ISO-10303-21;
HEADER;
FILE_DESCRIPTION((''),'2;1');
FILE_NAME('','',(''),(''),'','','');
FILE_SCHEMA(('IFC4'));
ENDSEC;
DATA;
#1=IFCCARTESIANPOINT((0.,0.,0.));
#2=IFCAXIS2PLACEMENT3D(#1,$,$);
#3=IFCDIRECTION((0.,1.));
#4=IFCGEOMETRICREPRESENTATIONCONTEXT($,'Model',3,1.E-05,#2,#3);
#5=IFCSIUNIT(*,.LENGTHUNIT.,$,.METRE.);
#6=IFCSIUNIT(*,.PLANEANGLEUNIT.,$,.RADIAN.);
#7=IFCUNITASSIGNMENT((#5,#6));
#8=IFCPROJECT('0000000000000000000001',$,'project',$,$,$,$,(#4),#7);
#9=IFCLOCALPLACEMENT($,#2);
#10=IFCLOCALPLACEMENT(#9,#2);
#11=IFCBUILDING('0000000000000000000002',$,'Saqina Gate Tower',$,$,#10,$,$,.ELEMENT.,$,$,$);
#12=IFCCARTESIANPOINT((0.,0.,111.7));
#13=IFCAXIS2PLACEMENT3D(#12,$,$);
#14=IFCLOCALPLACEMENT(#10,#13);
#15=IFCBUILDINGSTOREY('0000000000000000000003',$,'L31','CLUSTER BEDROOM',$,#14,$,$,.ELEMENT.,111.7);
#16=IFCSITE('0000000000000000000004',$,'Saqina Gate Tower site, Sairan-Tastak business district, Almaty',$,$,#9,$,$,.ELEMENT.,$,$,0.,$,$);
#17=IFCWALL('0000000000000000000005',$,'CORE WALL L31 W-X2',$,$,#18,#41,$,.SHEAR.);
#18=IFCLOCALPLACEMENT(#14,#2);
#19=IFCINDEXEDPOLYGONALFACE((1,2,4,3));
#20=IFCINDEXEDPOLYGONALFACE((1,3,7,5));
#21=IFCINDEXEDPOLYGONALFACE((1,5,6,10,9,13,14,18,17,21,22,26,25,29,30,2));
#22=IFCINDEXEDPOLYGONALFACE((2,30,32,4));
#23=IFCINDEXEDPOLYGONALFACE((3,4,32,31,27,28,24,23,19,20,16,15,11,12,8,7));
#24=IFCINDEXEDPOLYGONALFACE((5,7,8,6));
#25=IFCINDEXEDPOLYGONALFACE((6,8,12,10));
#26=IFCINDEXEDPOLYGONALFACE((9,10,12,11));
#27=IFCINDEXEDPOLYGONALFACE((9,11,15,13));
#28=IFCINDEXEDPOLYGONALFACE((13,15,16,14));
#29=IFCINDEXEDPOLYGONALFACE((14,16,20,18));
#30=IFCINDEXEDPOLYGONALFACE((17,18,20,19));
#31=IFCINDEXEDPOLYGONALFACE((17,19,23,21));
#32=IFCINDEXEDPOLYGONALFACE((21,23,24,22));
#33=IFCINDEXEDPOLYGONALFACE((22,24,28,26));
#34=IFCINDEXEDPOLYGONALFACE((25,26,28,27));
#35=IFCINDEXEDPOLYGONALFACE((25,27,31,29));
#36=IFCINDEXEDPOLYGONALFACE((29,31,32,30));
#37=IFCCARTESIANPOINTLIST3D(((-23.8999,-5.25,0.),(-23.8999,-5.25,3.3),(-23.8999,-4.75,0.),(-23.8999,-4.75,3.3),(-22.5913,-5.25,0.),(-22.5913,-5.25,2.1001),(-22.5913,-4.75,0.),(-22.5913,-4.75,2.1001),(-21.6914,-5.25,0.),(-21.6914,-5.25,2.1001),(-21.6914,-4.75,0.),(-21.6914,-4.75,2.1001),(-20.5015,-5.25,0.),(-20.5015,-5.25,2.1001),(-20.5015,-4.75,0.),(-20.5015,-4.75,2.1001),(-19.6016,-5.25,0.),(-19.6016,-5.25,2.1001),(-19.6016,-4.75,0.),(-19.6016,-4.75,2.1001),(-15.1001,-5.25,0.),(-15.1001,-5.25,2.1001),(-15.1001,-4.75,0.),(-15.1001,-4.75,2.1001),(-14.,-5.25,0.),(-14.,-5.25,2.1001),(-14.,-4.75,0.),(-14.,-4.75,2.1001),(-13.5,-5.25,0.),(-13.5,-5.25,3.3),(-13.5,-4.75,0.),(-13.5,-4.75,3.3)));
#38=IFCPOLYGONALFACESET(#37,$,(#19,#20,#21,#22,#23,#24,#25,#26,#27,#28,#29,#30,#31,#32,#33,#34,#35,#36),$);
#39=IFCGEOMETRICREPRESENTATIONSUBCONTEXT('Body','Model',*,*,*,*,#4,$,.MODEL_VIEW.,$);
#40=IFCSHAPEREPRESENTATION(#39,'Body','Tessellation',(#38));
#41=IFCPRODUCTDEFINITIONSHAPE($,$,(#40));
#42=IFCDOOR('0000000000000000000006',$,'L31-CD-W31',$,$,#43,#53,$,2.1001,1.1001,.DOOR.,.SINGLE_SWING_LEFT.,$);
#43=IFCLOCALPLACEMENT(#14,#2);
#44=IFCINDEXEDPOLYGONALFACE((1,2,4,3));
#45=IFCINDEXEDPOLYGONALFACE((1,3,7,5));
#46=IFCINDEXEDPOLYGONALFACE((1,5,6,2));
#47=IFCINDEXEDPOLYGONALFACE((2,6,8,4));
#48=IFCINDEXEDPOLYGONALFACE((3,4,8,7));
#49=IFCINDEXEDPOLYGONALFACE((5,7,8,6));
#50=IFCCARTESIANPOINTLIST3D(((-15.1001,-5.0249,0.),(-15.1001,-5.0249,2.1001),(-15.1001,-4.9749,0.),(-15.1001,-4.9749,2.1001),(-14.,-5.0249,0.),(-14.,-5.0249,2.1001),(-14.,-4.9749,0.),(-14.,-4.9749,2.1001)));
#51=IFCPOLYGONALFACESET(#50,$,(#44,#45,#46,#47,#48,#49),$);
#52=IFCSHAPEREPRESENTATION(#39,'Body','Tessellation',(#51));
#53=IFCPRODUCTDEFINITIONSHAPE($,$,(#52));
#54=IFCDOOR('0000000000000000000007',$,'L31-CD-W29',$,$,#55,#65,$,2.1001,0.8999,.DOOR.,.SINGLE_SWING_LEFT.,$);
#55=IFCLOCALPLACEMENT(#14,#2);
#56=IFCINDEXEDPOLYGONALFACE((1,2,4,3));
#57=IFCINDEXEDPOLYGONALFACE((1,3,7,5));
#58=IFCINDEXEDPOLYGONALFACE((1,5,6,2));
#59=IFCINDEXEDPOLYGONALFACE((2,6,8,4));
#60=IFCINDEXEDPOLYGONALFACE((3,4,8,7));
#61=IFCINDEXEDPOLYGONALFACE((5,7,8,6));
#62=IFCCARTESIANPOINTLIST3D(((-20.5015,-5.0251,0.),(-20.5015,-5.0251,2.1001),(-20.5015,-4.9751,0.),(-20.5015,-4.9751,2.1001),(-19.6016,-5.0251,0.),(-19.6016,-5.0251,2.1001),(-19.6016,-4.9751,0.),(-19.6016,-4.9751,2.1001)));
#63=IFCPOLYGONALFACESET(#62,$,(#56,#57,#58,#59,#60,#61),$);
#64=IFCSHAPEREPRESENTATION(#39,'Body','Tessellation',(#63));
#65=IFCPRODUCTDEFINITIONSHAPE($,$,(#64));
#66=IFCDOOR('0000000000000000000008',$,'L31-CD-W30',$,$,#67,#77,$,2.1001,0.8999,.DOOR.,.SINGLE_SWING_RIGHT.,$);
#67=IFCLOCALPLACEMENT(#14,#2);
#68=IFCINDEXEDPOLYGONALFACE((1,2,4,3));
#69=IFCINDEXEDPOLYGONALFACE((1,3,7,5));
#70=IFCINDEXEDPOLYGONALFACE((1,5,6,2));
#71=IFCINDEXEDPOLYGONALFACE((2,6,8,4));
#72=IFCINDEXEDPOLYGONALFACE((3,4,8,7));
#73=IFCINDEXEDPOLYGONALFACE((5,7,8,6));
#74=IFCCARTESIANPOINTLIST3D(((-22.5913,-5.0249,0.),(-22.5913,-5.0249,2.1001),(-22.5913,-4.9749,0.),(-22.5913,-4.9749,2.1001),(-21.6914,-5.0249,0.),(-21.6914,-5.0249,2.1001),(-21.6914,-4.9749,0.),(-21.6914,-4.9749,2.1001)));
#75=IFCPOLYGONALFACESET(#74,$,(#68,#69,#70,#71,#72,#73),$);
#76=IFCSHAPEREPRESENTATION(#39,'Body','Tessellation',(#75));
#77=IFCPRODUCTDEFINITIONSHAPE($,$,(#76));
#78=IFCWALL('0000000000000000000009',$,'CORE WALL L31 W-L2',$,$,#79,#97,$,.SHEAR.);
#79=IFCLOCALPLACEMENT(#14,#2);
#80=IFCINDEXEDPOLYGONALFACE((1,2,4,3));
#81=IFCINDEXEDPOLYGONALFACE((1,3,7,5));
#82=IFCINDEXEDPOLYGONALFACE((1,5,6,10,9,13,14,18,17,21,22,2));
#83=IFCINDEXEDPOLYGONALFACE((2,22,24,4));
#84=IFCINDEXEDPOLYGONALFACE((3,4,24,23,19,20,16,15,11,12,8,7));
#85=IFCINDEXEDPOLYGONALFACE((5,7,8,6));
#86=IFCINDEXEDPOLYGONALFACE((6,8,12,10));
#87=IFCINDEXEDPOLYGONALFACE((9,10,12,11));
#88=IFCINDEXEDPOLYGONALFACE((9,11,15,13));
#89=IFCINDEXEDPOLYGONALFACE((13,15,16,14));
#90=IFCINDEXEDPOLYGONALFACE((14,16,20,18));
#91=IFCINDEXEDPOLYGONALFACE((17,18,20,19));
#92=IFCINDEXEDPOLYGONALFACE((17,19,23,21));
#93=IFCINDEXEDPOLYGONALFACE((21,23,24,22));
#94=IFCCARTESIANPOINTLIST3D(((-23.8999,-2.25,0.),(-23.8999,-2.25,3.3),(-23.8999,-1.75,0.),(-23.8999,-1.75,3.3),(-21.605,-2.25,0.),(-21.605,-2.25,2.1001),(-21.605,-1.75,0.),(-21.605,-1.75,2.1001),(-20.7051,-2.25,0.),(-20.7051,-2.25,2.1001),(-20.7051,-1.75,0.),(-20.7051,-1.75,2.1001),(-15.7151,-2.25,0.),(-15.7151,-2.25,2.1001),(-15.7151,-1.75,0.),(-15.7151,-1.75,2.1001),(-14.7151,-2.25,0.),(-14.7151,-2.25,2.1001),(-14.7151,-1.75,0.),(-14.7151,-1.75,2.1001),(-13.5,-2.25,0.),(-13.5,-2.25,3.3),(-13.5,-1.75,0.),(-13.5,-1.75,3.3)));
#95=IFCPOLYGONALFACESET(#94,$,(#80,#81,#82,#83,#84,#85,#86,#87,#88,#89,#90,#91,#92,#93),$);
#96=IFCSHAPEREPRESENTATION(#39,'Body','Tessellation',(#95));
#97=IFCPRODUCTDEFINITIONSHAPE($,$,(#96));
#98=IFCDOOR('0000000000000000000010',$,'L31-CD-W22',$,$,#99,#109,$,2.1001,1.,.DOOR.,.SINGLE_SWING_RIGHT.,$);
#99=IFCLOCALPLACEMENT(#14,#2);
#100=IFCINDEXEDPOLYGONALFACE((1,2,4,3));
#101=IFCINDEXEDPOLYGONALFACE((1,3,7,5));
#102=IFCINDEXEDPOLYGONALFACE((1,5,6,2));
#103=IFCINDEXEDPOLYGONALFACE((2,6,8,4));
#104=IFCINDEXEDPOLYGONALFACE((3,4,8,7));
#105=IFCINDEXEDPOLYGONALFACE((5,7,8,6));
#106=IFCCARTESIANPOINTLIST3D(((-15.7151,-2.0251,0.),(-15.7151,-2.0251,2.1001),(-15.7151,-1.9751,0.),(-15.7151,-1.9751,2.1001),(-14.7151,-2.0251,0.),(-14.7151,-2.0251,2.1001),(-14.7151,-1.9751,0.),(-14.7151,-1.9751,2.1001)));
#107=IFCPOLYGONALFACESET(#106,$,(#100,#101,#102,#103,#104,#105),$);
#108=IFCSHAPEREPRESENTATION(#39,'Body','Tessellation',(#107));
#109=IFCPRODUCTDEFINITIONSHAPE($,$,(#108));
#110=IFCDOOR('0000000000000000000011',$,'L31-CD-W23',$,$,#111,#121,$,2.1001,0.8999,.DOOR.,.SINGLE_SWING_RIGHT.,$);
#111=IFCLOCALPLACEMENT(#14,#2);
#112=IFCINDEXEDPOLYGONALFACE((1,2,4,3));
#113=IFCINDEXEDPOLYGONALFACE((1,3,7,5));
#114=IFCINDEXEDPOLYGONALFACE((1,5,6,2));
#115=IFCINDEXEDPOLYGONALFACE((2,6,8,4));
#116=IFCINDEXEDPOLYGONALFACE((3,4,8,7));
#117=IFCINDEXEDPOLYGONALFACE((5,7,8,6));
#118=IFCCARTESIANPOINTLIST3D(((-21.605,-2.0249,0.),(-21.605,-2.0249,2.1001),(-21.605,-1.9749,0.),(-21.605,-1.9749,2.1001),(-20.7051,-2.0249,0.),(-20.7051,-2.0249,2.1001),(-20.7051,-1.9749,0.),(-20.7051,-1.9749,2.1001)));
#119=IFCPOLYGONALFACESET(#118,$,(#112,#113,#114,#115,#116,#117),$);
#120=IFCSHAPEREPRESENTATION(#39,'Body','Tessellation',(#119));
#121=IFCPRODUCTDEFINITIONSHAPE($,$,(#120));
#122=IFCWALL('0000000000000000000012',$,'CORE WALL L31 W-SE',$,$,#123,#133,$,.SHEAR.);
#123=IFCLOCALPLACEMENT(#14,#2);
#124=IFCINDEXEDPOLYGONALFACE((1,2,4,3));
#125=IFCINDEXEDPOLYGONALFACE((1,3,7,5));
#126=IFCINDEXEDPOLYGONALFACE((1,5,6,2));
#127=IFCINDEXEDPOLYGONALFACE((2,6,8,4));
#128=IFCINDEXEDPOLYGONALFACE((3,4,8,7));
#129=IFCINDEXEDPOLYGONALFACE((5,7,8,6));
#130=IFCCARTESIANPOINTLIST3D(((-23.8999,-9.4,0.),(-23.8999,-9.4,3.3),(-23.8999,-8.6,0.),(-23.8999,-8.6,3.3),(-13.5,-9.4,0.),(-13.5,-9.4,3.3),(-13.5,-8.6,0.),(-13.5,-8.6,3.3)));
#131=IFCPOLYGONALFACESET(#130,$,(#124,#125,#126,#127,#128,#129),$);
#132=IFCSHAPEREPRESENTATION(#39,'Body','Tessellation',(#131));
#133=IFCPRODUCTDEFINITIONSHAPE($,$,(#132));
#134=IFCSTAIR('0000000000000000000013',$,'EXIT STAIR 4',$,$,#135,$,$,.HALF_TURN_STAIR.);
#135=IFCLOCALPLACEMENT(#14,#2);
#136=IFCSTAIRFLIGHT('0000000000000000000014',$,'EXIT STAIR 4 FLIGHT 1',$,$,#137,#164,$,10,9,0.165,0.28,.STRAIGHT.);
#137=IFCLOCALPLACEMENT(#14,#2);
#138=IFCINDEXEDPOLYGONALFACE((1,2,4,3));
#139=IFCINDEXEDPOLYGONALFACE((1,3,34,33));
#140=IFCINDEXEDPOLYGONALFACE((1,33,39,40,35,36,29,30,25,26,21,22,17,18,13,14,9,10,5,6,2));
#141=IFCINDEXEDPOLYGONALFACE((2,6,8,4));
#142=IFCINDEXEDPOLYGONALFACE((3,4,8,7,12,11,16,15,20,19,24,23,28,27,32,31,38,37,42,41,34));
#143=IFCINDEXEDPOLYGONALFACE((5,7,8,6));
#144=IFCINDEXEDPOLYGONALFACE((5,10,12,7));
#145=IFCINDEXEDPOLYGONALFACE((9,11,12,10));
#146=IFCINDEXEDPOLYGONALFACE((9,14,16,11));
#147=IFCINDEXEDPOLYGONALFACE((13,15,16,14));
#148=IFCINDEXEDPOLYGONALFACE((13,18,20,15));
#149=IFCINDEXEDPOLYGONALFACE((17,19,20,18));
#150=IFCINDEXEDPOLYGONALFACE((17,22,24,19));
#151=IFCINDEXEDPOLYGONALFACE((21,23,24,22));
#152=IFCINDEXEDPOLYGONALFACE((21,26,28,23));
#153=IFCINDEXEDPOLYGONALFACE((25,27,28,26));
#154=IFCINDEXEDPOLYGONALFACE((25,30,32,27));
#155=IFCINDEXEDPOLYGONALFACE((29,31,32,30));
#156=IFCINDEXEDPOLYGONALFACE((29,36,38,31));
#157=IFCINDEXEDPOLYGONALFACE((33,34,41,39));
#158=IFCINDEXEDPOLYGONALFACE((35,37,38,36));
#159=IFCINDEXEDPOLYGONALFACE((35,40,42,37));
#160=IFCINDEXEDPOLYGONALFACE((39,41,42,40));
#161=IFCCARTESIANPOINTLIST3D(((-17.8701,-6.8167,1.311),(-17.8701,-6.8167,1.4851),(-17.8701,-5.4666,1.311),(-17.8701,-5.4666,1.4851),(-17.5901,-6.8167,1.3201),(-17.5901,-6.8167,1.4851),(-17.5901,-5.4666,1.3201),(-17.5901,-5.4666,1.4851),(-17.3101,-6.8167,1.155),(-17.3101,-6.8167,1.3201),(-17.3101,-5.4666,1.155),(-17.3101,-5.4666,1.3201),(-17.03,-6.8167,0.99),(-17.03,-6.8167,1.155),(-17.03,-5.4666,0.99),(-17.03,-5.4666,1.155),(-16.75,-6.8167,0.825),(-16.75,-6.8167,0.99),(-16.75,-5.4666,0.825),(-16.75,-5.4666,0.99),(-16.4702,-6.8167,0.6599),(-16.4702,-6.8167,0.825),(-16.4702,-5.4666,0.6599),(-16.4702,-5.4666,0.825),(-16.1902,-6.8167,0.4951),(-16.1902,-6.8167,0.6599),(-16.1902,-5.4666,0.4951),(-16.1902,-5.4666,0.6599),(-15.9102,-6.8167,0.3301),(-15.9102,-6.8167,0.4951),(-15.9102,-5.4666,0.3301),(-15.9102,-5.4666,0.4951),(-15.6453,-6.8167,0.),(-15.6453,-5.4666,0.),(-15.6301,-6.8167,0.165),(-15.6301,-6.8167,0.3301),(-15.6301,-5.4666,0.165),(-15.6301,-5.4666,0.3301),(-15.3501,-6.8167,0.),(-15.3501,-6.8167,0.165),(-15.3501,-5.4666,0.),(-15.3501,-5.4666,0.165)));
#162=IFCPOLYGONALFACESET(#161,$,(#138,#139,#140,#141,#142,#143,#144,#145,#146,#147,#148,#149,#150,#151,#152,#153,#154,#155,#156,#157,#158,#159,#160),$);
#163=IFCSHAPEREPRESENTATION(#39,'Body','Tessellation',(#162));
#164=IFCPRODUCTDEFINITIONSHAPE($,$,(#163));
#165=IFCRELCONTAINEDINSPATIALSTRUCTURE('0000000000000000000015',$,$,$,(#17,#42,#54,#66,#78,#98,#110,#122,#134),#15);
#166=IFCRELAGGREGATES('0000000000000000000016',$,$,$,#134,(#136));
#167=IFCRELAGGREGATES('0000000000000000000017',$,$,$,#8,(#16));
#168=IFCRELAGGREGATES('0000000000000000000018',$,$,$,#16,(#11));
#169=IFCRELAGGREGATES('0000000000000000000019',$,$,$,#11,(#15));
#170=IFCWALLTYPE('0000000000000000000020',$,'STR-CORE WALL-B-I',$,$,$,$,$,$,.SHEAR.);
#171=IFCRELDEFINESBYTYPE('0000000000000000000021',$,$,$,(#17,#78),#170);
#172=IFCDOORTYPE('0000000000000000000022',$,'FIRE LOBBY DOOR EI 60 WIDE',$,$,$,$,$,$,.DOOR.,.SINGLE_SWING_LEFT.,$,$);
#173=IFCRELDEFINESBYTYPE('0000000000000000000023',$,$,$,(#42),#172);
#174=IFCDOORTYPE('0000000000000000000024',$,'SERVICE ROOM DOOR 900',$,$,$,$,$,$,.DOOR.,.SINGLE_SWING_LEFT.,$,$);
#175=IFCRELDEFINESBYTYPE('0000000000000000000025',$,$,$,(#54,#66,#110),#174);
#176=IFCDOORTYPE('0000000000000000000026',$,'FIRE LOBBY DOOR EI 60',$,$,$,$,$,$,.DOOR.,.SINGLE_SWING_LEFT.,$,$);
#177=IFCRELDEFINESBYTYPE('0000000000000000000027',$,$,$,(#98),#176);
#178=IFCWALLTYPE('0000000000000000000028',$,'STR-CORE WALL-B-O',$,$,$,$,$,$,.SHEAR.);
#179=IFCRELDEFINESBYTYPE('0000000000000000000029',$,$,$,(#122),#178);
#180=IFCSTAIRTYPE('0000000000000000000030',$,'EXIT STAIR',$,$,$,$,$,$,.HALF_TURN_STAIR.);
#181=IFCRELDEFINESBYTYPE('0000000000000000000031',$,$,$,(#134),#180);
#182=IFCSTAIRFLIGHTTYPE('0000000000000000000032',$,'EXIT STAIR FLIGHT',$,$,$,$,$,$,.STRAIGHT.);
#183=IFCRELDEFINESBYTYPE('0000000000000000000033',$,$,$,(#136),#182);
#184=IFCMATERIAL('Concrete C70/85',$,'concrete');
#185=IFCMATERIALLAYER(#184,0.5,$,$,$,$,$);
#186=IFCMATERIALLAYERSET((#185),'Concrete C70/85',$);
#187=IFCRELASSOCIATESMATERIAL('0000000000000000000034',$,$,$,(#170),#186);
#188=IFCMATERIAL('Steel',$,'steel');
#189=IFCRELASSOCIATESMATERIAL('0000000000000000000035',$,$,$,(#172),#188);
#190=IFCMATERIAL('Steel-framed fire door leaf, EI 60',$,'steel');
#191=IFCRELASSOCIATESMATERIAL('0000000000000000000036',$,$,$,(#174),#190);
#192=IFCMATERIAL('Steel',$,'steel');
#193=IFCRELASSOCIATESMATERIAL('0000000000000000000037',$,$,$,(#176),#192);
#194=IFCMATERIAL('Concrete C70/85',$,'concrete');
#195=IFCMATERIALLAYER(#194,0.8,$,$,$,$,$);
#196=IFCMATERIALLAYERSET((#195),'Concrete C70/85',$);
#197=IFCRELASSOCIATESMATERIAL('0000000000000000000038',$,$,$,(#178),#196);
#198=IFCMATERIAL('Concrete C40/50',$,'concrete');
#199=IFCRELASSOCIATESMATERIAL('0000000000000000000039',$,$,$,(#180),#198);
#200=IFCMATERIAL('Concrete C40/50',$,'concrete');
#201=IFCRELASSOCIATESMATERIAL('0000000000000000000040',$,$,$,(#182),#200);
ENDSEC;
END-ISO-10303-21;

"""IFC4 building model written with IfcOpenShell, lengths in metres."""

from ifc_helpers import new_model, si_unit, direction, frame, frame_2d, origin, place, context, subcontext, project, spatial, polyline, rectangle, outline, extrude, material, layer, layer_set, type_object, element, fill, aggregate, save


model = new_model("IFC4")

# Units and contexts
model_context = context("Model", 3, precision=1e-05, world=origin(), true_north=direction((0.0, 1.0)))
body_context = subcontext(model_context, "Body", "Model", "MODEL_VIEW")
ifc_project = project(units=[si_unit("LENGTHUNIT", "METRE"), si_unit("PLANEANGLEUNIT", "RADIAN")], contexts=[model_context])

# Site, building, storey
site_placement = place(None, origin())
site = spatial("IfcSite", under=ifc_project, at=site_placement, Name="Saqina Gate Tower site, Sairan-Tastak business district, Almaty", CompositionType="ELEMENT", RefElevation=0.0)
building_placement = place(site_placement, origin())
building = spatial("IfcBuilding", under=site, at=building_placement, Name="Saqina Gate Tower", CompositionType="ELEMENT")
storey_placement = place(building_placement, frame((0.0, 0.0, 111.7)))
storey = spatial("IfcBuildingStorey", under=building, at=storey_placement, Name="L31", Description="CLUSTER BEDROOM", CompositionType="ELEMENT", Elevation=111.7)

# Walls, openings, doors
ifc_material_1 = material(Name="Concrete C70/85", Category="concrete")
ifc_layer_1 = layer(ifc_material_1, 0.5)
ifc_layer_set_1 = layer_set([ifc_layer_1], Name="Concrete C70/85")
wall_type_1 = type_object("IfcWallType", Name="STR-CORE WALL-B-I", PredefinedType="SHEAR", material=ifc_layer_set_1)
wall_1_placement = place(storey_placement, frame((-13.5, -5.0, 0.0), z_axis=(0.0, 0.0, 1.0), x_axis=(-1.0, 0.0, 0.0)))
wall_1 = element("IfcWall", 1, at=wall_1_placement, inside=storey, type_object=wall_type_1, Name="CORE WALL L31 W-X2", PredefinedType="SHEAR", context=body_context, shape_type="SweptSolid", body=[
    extrude(rectangle(XDim=10.3999, YDim=0.5, at=frame_2d((5.2, 0.0))), origin(), (0.0, 0.0, 1.0), 3.3),
])
opening_1_placement = place(wall_1_placement, frame((6.1016, 0.0, 0.0)))
opening_1 = element("IfcOpeningElement", 2, at=opening_1_placement, cuts=wall_1, PredefinedType="OPENING", context=body_context, shape_type="SweptSolid", body=[
    extrude(rectangle(XDim=0.8999, YDim=2.1001, at=frame_2d((0.45, 1.05))), frame((0.0, 0.262, 0.0), z_axis=(0.0, -1.0, 0.0), x_axis=(1.0, 0.0, 0.0)), (0.0, 0.0, 1.0), 0.5239),
])
opening_2_placement = place(wall_1_placement, frame((8.1914, 0.0, 0.0)))
opening_2 = element("IfcOpeningElement", 3, at=opening_2_placement, cuts=wall_1, PredefinedType="OPENING", context=body_context, shape_type="SweptSolid", body=[
    extrude(rectangle(XDim=0.8999, YDim=2.1001, at=frame_2d((0.45, 1.05))), frame((0.0, 0.262, 0.0), z_axis=(0.0, -1.0, 0.0), x_axis=(1.0, 0.0, 0.0)), (0.0, 0.0, 1.0), 0.5239),
])
opening_3_placement = place(wall_1_placement, frame((0.5, 0.0, 0.0)))
opening_3 = element("IfcOpeningElement", 4, at=opening_3_placement, cuts=wall_1, PredefinedType="OPENING", context=body_context, shape_type="SweptSolid", body=[
    extrude(rectangle(XDim=1.1001, YDim=2.1001, at=frame_2d((0.55, 1.05))), frame((0.0, 0.262, 0.0), z_axis=(0.0, -1.0, 0.0), x_axis=(1.0, 0.0, 0.0)), (0.0, 0.0, 1.0), 0.5239),
])
ifc_material_2 = material(Name="Steel", Category="steel")
door_type_1 = type_object("IfcDoorType", Name="FIRE LOBBY DOOR EI 60 WIDE", OperationType="SINGLE_SWING_LEFT", PredefinedType="DOOR", material=ifc_material_2)
door_1_placement = place(opening_3_placement, origin())
door_1 = element("IfcDoor", 5, at=door_1_placement, inside=storey, type_object=door_type_1, Name="L31-CD-W31", OperationType="SINGLE_SWING_LEFT", OverallHeight=2.1001, OverallWidth=1.1001, PredefinedType="DOOR", context=body_context, shape_type="SweptSolid", body=[
    extrude(rectangle(XDim=1.1001, YDim=2.1001, at=frame_2d((0.55, 1.05))), frame((0.0, 0.0249, 0.0), z_axis=(0.0, -1.0, 0.0), x_axis=(1.0, 0.0, 0.0)), (0.0, 0.0, 1.0), 0.05),
])
fill(opening_3, door_1)
ifc_material_3 = material(Name="Steel-framed fire door leaf, EI 60", Category="steel")
door_type_2 = type_object("IfcDoorType", Name="SERVICE ROOM DOOR 900", OperationType="SINGLE_SWING_LEFT", PredefinedType="DOOR", material=ifc_material_3)
door_2_placement = place(opening_1_placement, frame((0.8999, 0.0, 0.0), z_axis=(0.0, 0.0, 1.0), x_axis=(-1.0, 0.0, 0.0)))
door_2 = element("IfcDoor", 6, at=door_2_placement, inside=storey, type_object=door_type_2, Name="L31-CD-W29", OperationType="SINGLE_SWING_LEFT", OverallHeight=2.1001, OverallWidth=0.8999, PredefinedType="DOOR", context=body_context, shape_type="SweptSolid", body=[
    extrude(rectangle(XDim=0.8999, YDim=2.1001, at=frame_2d((0.45, 1.05))), frame((0.0, 0.0249, 0.0), z_axis=(0.0, -1.0, 0.0), x_axis=(1.0, 0.0, 0.0)), (0.0, 0.0, 1.0), 0.05),
])
fill(opening_1, door_2)
door_3_placement = place(opening_2_placement, origin())
door_3 = element("IfcDoor", 7, at=door_3_placement, inside=storey, type_object=door_type_2, Name="L31-CD-W30", OperationType="SINGLE_SWING_RIGHT", OverallHeight=2.1001, OverallWidth=0.8999, PredefinedType="DOOR", context=body_context, shape_type="SweptSolid", body=[
    extrude(rectangle(XDim=0.8999, YDim=2.1001, at=frame_2d((0.45, 1.05))), frame((0.0, 0.0249, 0.0), z_axis=(0.0, -1.0, 0.0), x_axis=(1.0, 0.0, 0.0)), (0.0, 0.0, 1.0), 0.05),
])
fill(opening_2, door_3)
wall_2_placement = place(storey_placement, frame((-13.5, -2.0, 0.0), z_axis=(0.0, 0.0, 1.0), x_axis=(-1.0, 0.0, 0.0)))
wall_2 = element("IfcWall", 8, at=wall_2_placement, inside=storey, type_object=wall_type_1, Name="CORE WALL L31 W-L2", PredefinedType="SHEAR", context=body_context, shape_type="SweptSolid", body=[
    extrude(rectangle(XDim=10.3999, YDim=0.5, at=frame_2d((5.2, 0.0))), origin(), (0.0, 0.0, 1.0), 3.3),
])
opening_4_placement = place(wall_2_placement, frame((1.2151, 0.0, 0.0)))
opening_4 = element("IfcOpeningElement", 9, at=opening_4_placement, cuts=wall_2, PredefinedType="OPENING", context=body_context, shape_type="SweptSolid", body=[
    extrude(rectangle(XDim=1.0, YDim=2.1001, at=frame_2d((0.5, 1.05))), frame((0.0, 0.262, 0.0), z_axis=(0.0, -1.0, 0.0), x_axis=(1.0, 0.0, 0.0)), (0.0, 0.0, 1.0), 0.5239),
])
opening_5_placement = place(wall_2_placement, frame((7.2051, 0.0, 0.0)))
opening_5 = element("IfcOpeningElement", 10, at=opening_5_placement, cuts=wall_2, PredefinedType="OPENING", context=body_context, shape_type="SweptSolid", body=[
    extrude(rectangle(XDim=0.8999, YDim=2.1001, at=frame_2d((0.45, 1.05))), frame((0.0, 0.262, 0.0), z_axis=(0.0, -1.0, 0.0), x_axis=(1.0, 0.0, 0.0)), (0.0, 0.0, 1.0), 0.5239),
])
ifc_material_4 = material(Name="Steel", Category="steel")
door_type_3 = type_object("IfcDoorType", Name="FIRE LOBBY DOOR EI 60", OperationType="SINGLE_SWING_LEFT", PredefinedType="DOOR", material=ifc_material_4)
door_4_placement = place(opening_4_placement, frame((1.0, 0.0, 0.0), z_axis=(0.0, 0.0, 1.0), x_axis=(-1.0, 0.0, 0.0)))
door_4 = element("IfcDoor", 11, at=door_4_placement, inside=storey, type_object=door_type_3, Name="L31-CD-W22", OperationType="SINGLE_SWING_RIGHT", OverallHeight=2.1001, OverallWidth=1.0, PredefinedType="DOOR", context=body_context, shape_type="SweptSolid", body=[
    extrude(rectangle(XDim=1.0, YDim=2.1001, at=frame_2d((0.5, 1.05))), frame((0.0, 0.0249, 0.0), z_axis=(0.0, -1.0, 0.0), x_axis=(1.0, 0.0, 0.0)), (0.0, 0.0, 1.0), 0.05),
])
fill(opening_4, door_4)
door_5_placement = place(opening_5_placement, origin())
door_5 = element("IfcDoor", 12, at=door_5_placement, inside=storey, type_object=door_type_2, Name="L31-CD-W23", OperationType="SINGLE_SWING_RIGHT", OverallHeight=2.1001, OverallWidth=0.8999, PredefinedType="DOOR", context=body_context, shape_type="SweptSolid", body=[
    extrude(rectangle(XDim=0.8999, YDim=2.1001, at=frame_2d((0.45, 1.05))), frame((0.0, 0.0249, 0.0), z_axis=(0.0, -1.0, 0.0), x_axis=(1.0, 0.0, 0.0)), (0.0, 0.0, 1.0), 0.05),
])
fill(opening_5, door_5)
ifc_material_5 = material(Name="Concrete C70/85", Category="concrete")
ifc_layer_2 = layer(ifc_material_5, 0.8)
ifc_layer_set_2 = layer_set([ifc_layer_2], Name="Concrete C70/85")
wall_type_2 = type_object("IfcWallType", Name="STR-CORE WALL-B-O", PredefinedType="SHEAR", material=ifc_layer_set_2)

# Wall
wall_3_placement = place(storey_placement, frame((-13.5, -9.0, 0.0), z_axis=(0.0, 0.0, 1.0), x_axis=(-1.0, 0.0, 0.0)))
element("IfcWall", 13, at=wall_3_placement, inside=storey, type_object=wall_type_2, Name="CORE WALL L31 W-SE", PredefinedType="SHEAR", context=body_context, shape_type="SweptSolid", body=[
    extrude(rectangle(XDim=10.3999, YDim=0.8, at=frame_2d((5.2, 0.0))), origin(), (0.0, 0.0, 1.0), 3.3),
])

# Stair, stair flight
ifc_material_6 = material(Name="Concrete C40/50", Category="concrete")
stair_type = type_object("IfcStairType", Name="EXIT STAIR", PredefinedType="HALF_TURN_STAIR", material=ifc_material_6)
stair_placement = place(storey_placement, origin())
stair = element("IfcStair", 14, at=stair_placement, inside=storey, type_object=stair_type, Name="EXIT STAIR 4", PredefinedType="HALF_TURN_STAIR")
ifc_material_7 = material(Name="Concrete C40/50", Category="concrete")
stair_flight_type = type_object("IfcStairFlightType", Name="EXIT STAIR FLIGHT", PredefinedType="STRAIGHT", material=ifc_material_7)
stair_flight_placement = place(storey_placement, frame((-15.3501, -6.1416, 0.0), z_axis=(0.0, 0.0, 1.0), x_axis=(-1.0, 0.0, 0.0)))
stair_flight = element("IfcStairFlight", 15, at=stair_flight_placement, type_object=stair_flight_type, Name="EXIT STAIR 4 FLIGHT 1", NumberOfRisers=10, NumberOfTreads=9, PredefinedType="STRAIGHT", RiserHeight=0.165, TreadLength=0.28, context=body_context, shape_type="SweptSolid", body=[
    extrude(outline(polyline([(0.0, 0.0), (0.0, 0.165), (0.28, 0.165), (0.28, 0.3301), (0.5601, 0.3301), (0.5601, 0.4951), (0.8401, 0.4951), (0.8401, 0.6599), (1.1201, 0.6599), (1.1201, 0.825), (1.3999, 0.825), (1.3999, 0.99), (1.6799, 0.99), (1.6799, 1.155), (1.96, 1.155), (1.96, 1.3201), (2.24, 1.3201), (2.24, 1.4851), (2.52, 1.4851), (2.52, 1.6499), (2.52, 1.311), (0.2952, 0.0), (0.0, 0.0)])), frame((0.0, 0.675, 0.0), z_axis=(0.0, -1.0, 0.0), x_axis=(1.0, 0.0, 0.0)), (0.0, 0.0, 1.0), 1.3501),
])
aggregate(stair, [stair_flight])

save(model, "model.ifc")
